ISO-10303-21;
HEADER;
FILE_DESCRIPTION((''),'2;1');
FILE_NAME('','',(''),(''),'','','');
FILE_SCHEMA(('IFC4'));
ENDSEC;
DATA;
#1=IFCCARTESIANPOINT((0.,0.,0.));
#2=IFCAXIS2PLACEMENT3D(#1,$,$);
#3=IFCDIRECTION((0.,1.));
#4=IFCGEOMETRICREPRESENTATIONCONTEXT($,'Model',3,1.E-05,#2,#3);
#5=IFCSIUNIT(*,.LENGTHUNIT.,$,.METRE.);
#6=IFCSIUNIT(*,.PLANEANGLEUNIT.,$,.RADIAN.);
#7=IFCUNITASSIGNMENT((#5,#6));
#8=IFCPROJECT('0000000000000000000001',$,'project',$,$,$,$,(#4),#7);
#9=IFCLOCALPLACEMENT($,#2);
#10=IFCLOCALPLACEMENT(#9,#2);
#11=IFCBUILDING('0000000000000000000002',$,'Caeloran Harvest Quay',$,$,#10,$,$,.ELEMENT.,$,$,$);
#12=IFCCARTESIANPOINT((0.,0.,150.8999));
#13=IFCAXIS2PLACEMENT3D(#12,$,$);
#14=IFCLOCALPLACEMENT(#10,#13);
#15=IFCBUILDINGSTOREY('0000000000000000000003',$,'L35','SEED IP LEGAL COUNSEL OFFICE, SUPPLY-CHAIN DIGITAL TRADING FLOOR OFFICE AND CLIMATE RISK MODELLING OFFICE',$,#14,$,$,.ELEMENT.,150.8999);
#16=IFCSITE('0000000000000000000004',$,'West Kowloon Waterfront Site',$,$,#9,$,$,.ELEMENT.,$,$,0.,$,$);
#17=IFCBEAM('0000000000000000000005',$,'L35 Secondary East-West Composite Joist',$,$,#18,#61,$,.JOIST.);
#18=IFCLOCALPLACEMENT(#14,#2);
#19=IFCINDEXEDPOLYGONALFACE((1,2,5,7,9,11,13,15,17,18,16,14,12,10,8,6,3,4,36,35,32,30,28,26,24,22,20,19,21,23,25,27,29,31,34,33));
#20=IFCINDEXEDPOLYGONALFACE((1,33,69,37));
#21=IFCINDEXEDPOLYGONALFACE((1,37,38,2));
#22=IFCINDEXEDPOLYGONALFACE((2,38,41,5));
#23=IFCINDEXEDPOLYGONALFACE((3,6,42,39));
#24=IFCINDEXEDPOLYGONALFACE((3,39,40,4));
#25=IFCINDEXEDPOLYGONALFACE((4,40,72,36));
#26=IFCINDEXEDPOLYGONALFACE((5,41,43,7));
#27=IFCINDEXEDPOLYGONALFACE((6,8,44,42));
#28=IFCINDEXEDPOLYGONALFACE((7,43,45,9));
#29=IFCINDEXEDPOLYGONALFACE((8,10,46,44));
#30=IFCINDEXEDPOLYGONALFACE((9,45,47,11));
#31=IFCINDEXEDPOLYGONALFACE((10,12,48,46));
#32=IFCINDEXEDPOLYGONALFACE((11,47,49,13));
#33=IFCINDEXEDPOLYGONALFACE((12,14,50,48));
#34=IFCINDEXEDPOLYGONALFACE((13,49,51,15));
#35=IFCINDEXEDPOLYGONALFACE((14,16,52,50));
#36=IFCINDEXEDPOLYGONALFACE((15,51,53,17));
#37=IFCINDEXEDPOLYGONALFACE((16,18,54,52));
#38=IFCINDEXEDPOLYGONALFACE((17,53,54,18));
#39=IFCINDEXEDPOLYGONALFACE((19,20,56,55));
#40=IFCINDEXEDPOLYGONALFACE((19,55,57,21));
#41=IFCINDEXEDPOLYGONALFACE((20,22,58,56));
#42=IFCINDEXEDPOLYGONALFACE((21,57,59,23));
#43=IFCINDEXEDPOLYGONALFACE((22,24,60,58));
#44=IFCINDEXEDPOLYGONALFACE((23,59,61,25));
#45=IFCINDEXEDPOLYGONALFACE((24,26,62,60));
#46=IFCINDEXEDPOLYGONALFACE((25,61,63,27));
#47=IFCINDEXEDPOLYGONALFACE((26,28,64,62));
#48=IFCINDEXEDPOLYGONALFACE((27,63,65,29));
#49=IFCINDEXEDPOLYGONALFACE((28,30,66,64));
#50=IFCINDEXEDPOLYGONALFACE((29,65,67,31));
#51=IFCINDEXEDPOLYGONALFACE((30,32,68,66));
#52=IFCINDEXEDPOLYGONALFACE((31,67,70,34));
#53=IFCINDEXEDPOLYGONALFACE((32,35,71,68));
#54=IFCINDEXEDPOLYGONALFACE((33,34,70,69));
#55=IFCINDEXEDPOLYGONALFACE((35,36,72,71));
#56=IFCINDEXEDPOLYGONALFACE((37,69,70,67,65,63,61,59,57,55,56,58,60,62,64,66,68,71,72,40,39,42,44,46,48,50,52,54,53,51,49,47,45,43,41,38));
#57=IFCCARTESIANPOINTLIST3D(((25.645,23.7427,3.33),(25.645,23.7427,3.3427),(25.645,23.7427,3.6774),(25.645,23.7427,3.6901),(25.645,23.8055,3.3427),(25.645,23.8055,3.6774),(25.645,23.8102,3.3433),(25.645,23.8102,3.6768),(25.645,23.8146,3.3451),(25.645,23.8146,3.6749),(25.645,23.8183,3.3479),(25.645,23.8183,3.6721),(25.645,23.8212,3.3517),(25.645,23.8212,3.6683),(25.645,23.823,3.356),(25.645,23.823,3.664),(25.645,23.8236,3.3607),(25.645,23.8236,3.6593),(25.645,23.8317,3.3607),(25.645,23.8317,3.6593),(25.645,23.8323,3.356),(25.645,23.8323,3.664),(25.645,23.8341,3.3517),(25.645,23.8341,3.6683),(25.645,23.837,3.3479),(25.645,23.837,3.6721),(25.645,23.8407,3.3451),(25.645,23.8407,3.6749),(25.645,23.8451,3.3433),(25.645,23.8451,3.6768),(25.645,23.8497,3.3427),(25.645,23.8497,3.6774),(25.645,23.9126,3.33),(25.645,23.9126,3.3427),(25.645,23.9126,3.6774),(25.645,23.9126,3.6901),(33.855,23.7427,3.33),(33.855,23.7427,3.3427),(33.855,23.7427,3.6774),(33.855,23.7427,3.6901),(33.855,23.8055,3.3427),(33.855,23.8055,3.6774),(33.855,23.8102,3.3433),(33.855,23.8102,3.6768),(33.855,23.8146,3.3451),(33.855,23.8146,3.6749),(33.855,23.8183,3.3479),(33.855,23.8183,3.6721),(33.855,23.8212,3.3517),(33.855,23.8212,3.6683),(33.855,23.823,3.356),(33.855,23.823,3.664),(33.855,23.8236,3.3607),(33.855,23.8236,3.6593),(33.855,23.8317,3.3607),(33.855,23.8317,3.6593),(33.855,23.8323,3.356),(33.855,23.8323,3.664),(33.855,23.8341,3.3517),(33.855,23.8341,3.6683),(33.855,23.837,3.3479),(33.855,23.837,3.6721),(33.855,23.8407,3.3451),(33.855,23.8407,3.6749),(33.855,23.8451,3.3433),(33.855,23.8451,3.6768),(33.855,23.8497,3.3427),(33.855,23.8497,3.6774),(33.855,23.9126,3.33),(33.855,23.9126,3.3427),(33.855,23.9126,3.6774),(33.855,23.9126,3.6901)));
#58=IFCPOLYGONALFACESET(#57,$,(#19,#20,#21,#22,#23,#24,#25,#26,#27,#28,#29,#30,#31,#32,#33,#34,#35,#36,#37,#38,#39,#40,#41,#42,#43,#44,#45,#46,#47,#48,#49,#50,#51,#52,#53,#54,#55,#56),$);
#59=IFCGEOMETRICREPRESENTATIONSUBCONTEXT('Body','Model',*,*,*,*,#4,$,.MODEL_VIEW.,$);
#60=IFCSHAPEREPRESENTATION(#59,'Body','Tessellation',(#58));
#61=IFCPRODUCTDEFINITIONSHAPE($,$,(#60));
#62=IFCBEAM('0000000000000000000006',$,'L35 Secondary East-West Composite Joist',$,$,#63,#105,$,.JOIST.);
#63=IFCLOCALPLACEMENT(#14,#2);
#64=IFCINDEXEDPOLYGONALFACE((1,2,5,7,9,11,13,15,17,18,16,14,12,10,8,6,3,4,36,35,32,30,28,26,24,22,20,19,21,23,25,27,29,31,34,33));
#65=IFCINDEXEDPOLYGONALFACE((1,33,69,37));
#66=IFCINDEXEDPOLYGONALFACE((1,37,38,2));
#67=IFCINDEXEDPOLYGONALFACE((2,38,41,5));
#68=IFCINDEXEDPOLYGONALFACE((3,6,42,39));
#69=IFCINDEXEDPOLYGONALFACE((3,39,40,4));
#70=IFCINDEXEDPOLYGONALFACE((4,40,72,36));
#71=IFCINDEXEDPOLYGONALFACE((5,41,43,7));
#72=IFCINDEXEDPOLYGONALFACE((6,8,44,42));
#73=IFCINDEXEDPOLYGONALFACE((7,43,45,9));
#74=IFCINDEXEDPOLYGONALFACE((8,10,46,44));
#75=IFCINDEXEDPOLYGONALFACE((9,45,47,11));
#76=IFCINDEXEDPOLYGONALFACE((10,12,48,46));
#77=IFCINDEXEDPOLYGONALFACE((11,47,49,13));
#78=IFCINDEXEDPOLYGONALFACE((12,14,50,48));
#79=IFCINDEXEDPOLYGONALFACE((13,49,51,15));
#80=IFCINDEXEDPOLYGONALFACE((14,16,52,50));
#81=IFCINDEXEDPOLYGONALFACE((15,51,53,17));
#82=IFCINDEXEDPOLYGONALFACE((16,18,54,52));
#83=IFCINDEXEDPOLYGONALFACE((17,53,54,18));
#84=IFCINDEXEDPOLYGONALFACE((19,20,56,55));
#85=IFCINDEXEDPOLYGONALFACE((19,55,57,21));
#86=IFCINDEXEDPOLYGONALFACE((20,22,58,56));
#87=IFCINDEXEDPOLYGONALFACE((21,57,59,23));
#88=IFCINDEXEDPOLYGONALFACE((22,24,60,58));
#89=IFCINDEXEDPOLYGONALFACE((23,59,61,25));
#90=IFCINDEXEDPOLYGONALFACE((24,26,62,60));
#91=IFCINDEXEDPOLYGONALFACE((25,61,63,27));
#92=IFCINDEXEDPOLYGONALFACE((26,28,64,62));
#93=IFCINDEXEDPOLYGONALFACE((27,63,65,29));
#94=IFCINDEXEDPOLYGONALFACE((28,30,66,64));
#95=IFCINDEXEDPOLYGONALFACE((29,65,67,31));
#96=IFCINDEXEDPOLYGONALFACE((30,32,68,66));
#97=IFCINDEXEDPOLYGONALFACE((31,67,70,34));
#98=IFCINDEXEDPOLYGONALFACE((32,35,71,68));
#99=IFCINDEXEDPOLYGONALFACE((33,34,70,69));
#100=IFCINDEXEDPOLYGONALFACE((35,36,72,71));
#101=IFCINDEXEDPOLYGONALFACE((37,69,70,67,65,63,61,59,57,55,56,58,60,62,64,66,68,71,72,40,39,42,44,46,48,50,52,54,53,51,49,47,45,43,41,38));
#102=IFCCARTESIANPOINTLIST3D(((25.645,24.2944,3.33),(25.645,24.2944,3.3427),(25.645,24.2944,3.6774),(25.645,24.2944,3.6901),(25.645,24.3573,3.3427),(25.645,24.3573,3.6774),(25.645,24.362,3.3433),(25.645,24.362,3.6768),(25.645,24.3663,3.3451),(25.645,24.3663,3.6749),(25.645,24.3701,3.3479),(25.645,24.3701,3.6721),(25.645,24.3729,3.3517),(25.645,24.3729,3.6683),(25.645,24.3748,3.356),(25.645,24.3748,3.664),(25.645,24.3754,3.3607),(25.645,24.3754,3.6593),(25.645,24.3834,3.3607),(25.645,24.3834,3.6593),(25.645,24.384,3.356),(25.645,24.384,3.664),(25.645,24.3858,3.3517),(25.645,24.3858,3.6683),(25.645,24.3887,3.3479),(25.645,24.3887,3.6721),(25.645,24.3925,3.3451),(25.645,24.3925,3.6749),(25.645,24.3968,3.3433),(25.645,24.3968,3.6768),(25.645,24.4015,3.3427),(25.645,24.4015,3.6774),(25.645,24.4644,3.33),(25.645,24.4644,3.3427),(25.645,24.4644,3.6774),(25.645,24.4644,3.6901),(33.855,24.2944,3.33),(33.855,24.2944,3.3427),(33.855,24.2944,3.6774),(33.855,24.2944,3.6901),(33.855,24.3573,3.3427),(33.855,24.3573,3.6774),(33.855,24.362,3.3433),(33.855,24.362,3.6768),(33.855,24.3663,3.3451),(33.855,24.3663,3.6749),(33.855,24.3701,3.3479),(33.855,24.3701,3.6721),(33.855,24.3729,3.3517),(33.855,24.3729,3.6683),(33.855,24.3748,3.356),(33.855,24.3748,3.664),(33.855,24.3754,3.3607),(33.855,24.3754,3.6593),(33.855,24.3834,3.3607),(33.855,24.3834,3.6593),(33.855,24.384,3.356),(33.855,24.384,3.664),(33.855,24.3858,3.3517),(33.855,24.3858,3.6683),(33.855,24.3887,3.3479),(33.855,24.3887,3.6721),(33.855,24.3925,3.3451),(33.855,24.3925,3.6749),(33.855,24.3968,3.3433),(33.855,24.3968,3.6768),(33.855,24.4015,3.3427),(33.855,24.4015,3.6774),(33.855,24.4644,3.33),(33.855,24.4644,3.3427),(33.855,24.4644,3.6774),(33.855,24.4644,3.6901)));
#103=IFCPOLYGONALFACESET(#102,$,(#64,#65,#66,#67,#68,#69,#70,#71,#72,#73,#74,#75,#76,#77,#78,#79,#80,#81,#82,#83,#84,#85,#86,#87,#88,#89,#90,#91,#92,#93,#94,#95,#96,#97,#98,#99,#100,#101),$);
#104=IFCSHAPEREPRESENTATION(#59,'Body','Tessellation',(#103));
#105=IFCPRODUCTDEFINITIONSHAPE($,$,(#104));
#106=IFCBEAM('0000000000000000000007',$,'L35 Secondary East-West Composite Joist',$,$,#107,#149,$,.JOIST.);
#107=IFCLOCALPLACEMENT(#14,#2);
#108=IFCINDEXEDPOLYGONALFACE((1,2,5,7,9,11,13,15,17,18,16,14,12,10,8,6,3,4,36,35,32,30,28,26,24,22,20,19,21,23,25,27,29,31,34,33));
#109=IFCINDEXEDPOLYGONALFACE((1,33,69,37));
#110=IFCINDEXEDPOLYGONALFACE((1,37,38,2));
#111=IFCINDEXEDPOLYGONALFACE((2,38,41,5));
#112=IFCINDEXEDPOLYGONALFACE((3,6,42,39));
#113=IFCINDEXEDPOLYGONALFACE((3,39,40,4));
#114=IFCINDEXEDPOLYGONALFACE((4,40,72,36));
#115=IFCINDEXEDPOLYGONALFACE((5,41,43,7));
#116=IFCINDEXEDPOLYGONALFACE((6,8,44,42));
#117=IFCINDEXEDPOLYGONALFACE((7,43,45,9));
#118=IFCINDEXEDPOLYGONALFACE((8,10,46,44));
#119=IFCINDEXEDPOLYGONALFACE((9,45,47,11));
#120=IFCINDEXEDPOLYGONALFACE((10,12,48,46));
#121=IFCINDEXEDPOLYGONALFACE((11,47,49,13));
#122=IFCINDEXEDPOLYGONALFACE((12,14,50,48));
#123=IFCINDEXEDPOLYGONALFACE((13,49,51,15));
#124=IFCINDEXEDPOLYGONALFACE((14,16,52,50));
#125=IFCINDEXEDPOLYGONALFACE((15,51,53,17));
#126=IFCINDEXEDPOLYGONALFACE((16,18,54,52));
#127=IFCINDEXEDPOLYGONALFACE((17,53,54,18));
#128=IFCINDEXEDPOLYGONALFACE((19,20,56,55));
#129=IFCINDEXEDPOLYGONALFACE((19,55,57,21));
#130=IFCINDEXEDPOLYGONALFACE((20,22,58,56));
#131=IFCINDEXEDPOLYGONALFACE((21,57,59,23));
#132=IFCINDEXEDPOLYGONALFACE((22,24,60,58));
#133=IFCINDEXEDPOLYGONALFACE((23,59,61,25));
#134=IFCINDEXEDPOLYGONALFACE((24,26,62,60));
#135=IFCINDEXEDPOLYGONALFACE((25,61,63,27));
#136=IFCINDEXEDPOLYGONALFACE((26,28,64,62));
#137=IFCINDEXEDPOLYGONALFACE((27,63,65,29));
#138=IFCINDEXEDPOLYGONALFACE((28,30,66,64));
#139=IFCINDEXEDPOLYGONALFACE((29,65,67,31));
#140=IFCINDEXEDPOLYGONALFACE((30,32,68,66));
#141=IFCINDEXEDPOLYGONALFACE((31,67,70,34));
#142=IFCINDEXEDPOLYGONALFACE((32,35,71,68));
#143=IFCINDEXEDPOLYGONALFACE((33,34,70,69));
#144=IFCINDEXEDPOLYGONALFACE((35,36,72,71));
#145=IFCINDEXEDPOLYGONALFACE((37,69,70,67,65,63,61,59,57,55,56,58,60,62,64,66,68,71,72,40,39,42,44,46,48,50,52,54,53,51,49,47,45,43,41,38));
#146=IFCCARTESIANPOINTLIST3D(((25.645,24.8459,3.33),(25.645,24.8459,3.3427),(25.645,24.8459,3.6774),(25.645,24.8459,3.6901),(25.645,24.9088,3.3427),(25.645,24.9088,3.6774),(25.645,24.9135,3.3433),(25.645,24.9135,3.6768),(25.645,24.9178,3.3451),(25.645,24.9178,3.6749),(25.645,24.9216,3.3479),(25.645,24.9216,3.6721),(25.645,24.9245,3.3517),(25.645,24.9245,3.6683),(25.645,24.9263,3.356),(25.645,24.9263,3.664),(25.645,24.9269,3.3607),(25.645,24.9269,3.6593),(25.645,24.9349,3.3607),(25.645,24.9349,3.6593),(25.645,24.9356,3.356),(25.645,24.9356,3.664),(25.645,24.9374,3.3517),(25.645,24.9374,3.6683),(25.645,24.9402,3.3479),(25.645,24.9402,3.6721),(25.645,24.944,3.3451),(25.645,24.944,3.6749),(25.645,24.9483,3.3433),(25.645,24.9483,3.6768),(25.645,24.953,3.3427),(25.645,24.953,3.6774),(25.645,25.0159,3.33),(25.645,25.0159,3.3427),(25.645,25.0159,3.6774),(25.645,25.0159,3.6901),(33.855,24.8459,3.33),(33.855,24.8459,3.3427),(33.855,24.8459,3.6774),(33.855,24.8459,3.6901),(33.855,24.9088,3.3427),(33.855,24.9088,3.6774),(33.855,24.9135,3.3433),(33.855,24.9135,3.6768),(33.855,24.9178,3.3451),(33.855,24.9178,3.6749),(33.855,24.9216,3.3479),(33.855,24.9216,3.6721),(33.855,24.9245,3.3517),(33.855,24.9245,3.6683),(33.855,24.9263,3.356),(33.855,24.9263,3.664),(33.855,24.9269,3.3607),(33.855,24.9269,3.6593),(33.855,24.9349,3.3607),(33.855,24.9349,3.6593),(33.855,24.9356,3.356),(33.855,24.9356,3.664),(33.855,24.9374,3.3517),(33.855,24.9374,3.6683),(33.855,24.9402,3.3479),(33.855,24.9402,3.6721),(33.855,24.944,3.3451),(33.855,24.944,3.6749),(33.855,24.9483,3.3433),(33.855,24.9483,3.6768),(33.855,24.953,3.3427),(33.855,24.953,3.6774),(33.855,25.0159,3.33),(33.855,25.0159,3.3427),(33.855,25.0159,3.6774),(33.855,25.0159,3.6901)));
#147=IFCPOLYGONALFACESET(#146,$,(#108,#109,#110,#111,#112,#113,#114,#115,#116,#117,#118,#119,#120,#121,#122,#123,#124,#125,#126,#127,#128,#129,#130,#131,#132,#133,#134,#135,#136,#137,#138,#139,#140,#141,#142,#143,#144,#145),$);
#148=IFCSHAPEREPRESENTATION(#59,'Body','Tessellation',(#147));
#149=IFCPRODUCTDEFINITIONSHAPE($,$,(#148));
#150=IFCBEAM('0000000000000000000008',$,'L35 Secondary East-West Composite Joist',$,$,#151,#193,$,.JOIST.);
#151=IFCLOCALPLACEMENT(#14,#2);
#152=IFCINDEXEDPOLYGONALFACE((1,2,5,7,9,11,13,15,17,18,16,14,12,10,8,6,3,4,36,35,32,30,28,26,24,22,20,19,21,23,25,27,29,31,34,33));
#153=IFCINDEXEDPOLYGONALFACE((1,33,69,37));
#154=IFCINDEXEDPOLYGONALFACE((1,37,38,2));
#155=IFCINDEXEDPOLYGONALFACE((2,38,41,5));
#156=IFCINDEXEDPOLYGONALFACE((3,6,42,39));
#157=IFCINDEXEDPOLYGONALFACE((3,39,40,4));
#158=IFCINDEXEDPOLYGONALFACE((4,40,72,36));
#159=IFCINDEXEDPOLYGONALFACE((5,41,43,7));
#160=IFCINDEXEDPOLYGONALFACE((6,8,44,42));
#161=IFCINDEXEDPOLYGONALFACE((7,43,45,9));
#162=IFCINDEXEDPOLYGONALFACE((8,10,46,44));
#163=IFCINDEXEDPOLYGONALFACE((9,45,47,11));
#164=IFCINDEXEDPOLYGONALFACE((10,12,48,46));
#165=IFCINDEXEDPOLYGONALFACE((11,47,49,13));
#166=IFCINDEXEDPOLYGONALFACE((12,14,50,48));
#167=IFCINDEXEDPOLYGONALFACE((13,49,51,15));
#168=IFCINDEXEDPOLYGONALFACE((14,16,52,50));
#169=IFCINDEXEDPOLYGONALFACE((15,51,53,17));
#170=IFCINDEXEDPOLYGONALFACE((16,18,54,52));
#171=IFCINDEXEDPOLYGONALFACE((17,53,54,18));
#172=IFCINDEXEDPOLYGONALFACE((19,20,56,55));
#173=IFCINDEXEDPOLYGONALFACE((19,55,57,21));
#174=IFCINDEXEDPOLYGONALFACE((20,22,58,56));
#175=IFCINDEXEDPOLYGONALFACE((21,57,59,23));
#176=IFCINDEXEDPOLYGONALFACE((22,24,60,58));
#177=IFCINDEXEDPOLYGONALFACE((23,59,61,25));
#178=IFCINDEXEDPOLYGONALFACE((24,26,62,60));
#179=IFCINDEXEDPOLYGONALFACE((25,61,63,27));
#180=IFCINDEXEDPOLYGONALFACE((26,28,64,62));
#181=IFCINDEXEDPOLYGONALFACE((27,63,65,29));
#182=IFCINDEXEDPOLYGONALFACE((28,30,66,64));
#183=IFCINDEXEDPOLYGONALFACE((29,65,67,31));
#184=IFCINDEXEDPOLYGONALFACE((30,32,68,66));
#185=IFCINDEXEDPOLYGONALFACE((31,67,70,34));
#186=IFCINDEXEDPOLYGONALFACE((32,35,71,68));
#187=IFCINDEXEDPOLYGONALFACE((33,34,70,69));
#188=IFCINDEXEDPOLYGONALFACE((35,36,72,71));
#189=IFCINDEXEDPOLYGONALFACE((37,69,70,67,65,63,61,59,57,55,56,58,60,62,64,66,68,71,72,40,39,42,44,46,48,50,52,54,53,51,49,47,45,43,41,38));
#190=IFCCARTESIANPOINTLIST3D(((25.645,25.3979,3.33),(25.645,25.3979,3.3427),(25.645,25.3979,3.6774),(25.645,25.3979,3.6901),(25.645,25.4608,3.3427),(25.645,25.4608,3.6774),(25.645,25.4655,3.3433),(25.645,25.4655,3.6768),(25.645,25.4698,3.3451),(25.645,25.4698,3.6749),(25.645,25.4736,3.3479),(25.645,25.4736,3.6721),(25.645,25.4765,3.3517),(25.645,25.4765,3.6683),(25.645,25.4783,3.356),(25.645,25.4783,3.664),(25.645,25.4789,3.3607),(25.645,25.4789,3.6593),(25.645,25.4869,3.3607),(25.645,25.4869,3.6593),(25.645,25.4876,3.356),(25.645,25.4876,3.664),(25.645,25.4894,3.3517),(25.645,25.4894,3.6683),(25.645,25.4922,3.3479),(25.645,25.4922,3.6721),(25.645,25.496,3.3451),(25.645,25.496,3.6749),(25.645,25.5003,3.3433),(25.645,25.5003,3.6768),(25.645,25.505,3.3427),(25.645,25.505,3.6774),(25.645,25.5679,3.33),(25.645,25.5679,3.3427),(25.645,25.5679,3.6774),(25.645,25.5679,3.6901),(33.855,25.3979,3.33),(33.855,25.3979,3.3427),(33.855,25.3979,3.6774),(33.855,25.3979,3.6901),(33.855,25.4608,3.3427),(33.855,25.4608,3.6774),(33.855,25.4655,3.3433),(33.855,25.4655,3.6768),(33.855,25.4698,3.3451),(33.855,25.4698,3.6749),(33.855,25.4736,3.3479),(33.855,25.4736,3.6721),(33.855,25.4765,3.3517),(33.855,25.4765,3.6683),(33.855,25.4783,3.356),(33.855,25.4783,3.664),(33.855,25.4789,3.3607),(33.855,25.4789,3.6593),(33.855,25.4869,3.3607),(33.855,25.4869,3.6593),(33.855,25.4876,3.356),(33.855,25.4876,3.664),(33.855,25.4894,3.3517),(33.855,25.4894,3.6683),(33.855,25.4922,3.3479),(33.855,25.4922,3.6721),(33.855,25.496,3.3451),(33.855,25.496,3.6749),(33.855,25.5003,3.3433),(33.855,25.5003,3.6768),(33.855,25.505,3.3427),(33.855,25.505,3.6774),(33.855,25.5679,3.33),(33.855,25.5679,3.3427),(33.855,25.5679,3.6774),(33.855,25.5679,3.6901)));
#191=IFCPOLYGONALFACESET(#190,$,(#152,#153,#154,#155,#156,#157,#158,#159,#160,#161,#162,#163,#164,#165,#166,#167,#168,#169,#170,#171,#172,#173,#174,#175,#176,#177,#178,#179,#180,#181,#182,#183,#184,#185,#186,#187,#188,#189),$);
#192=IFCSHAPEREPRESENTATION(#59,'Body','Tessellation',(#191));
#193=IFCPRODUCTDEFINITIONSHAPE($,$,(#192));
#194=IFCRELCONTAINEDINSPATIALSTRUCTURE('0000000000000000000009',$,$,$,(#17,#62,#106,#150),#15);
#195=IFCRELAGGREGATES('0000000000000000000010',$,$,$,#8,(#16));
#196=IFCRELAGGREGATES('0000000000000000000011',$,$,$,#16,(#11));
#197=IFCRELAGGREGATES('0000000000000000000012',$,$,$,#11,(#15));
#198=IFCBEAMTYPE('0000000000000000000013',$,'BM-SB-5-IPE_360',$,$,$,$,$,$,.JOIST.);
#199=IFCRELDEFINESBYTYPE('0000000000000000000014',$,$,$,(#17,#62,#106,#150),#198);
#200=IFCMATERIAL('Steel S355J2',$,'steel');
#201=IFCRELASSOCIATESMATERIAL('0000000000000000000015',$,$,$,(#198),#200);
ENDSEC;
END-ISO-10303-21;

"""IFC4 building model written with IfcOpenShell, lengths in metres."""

from ifc_helpers import new_model, si_unit, direction, frame, origin, origin_2d, place, context, subcontext, project, spatial, i_section, extrude, material, material_profile, profile_set, type_object, element, save


model = new_model("IFC4")

# Units and contexts
model_context = context("Model", 3, precision=1e-05, world=origin(), true_north=direction((0.0, 1.0)))
body_context = subcontext(model_context, "Body", "Model", "MODEL_VIEW")
ifc_project = project(units=[si_unit("LENGTHUNIT", "METRE"), si_unit("PLANEANGLEUNIT", "RADIAN")], contexts=[model_context])

# Site, building, storey
site_placement = place(None, origin())
site = spatial("IfcSite", under=ifc_project, at=site_placement, Name="West Kowloon Waterfront Site", CompositionType="ELEMENT", RefElevation=0.0)
building_placement = place(site_placement, origin())
building = spatial("IfcBuilding", under=site, at=building_placement, Name="Caeloran Harvest Quay", CompositionType="ELEMENT")
storey_placement = place(building_placement, frame((0.0, 0.0, 150.8999)))
storey = spatial("IfcBuildingStorey", under=building, at=storey_placement, Name="L35", Description="SEED IP LEGAL COUNSEL OFFICE, SUPPLY-CHAIN DIGITAL TRADING FLOOR OFFICE AND CLIMATE RISK MODELLING OFFICE", CompositionType="ELEMENT", Elevation=150.8999)

# Beams
ifc_material_1 = material(Name="Steel S355J2", Category="steel")
ifc_material_profile_1 = material_profile(ifc_material_1, i_section(OverallWidth=0.1699, OverallDepth=0.3601, WebThickness=0.0081, FlangeThickness=0.0127, FilletRadius=0.0181, at=origin_2d()), Name="IPE 360")
ifc_profile_set_1 = profile_set([ifc_material_profile_1], Name="Steel S355J2")
beam_type_1 = type_object("IfcBeamType", Name="BM-SB-5-IPE_360", PredefinedType="JOIST", material=ifc_profile_set_1)
for number, where, z_axis, x_axis, name in (
    (1, (25.645, 23.8276, 3.51), (1.0, 0.0, 0.0), (0.0, 1.0, 0.0), "L35 Secondary East-West Composite Joist"),
    (2, (25.645, 24.3794, 3.51), (1.0, 0.0, 0.0), (0.0, 1.0, 0.0), "L35 Secondary East-West Composite Joist"),
    (3, (25.645, 24.9309, 3.51), (1.0, 0.0, 0.0), (0.0, 1.0, 0.0), "L35 Secondary East-West Composite Joist"),
    (4, (25.645, 25.4829, 3.51), (1.0, 0.0, 0.0), (0.0, 1.0, 0.0), "L35 Secondary East-West Composite Joist"),
):
    element("IfcBeam", number, at=place(storey_placement, frame(where, z_axis=z_axis, x_axis=x_axis)), inside=storey, type_object=beam_type_1, Name=name, PredefinedType="JOIST", context=body_context, shape_type="SweptSolid", body=[
        extrude(i_section(OverallWidth=0.1699, OverallDepth=0.3601, WebThickness=0.0081, FlangeThickness=0.0127, FilletRadius=0.0181, at=origin_2d()), origin(), (0.0, 0.0, 1.0), 8.21),
    ])

save(model, "model.ifc")
